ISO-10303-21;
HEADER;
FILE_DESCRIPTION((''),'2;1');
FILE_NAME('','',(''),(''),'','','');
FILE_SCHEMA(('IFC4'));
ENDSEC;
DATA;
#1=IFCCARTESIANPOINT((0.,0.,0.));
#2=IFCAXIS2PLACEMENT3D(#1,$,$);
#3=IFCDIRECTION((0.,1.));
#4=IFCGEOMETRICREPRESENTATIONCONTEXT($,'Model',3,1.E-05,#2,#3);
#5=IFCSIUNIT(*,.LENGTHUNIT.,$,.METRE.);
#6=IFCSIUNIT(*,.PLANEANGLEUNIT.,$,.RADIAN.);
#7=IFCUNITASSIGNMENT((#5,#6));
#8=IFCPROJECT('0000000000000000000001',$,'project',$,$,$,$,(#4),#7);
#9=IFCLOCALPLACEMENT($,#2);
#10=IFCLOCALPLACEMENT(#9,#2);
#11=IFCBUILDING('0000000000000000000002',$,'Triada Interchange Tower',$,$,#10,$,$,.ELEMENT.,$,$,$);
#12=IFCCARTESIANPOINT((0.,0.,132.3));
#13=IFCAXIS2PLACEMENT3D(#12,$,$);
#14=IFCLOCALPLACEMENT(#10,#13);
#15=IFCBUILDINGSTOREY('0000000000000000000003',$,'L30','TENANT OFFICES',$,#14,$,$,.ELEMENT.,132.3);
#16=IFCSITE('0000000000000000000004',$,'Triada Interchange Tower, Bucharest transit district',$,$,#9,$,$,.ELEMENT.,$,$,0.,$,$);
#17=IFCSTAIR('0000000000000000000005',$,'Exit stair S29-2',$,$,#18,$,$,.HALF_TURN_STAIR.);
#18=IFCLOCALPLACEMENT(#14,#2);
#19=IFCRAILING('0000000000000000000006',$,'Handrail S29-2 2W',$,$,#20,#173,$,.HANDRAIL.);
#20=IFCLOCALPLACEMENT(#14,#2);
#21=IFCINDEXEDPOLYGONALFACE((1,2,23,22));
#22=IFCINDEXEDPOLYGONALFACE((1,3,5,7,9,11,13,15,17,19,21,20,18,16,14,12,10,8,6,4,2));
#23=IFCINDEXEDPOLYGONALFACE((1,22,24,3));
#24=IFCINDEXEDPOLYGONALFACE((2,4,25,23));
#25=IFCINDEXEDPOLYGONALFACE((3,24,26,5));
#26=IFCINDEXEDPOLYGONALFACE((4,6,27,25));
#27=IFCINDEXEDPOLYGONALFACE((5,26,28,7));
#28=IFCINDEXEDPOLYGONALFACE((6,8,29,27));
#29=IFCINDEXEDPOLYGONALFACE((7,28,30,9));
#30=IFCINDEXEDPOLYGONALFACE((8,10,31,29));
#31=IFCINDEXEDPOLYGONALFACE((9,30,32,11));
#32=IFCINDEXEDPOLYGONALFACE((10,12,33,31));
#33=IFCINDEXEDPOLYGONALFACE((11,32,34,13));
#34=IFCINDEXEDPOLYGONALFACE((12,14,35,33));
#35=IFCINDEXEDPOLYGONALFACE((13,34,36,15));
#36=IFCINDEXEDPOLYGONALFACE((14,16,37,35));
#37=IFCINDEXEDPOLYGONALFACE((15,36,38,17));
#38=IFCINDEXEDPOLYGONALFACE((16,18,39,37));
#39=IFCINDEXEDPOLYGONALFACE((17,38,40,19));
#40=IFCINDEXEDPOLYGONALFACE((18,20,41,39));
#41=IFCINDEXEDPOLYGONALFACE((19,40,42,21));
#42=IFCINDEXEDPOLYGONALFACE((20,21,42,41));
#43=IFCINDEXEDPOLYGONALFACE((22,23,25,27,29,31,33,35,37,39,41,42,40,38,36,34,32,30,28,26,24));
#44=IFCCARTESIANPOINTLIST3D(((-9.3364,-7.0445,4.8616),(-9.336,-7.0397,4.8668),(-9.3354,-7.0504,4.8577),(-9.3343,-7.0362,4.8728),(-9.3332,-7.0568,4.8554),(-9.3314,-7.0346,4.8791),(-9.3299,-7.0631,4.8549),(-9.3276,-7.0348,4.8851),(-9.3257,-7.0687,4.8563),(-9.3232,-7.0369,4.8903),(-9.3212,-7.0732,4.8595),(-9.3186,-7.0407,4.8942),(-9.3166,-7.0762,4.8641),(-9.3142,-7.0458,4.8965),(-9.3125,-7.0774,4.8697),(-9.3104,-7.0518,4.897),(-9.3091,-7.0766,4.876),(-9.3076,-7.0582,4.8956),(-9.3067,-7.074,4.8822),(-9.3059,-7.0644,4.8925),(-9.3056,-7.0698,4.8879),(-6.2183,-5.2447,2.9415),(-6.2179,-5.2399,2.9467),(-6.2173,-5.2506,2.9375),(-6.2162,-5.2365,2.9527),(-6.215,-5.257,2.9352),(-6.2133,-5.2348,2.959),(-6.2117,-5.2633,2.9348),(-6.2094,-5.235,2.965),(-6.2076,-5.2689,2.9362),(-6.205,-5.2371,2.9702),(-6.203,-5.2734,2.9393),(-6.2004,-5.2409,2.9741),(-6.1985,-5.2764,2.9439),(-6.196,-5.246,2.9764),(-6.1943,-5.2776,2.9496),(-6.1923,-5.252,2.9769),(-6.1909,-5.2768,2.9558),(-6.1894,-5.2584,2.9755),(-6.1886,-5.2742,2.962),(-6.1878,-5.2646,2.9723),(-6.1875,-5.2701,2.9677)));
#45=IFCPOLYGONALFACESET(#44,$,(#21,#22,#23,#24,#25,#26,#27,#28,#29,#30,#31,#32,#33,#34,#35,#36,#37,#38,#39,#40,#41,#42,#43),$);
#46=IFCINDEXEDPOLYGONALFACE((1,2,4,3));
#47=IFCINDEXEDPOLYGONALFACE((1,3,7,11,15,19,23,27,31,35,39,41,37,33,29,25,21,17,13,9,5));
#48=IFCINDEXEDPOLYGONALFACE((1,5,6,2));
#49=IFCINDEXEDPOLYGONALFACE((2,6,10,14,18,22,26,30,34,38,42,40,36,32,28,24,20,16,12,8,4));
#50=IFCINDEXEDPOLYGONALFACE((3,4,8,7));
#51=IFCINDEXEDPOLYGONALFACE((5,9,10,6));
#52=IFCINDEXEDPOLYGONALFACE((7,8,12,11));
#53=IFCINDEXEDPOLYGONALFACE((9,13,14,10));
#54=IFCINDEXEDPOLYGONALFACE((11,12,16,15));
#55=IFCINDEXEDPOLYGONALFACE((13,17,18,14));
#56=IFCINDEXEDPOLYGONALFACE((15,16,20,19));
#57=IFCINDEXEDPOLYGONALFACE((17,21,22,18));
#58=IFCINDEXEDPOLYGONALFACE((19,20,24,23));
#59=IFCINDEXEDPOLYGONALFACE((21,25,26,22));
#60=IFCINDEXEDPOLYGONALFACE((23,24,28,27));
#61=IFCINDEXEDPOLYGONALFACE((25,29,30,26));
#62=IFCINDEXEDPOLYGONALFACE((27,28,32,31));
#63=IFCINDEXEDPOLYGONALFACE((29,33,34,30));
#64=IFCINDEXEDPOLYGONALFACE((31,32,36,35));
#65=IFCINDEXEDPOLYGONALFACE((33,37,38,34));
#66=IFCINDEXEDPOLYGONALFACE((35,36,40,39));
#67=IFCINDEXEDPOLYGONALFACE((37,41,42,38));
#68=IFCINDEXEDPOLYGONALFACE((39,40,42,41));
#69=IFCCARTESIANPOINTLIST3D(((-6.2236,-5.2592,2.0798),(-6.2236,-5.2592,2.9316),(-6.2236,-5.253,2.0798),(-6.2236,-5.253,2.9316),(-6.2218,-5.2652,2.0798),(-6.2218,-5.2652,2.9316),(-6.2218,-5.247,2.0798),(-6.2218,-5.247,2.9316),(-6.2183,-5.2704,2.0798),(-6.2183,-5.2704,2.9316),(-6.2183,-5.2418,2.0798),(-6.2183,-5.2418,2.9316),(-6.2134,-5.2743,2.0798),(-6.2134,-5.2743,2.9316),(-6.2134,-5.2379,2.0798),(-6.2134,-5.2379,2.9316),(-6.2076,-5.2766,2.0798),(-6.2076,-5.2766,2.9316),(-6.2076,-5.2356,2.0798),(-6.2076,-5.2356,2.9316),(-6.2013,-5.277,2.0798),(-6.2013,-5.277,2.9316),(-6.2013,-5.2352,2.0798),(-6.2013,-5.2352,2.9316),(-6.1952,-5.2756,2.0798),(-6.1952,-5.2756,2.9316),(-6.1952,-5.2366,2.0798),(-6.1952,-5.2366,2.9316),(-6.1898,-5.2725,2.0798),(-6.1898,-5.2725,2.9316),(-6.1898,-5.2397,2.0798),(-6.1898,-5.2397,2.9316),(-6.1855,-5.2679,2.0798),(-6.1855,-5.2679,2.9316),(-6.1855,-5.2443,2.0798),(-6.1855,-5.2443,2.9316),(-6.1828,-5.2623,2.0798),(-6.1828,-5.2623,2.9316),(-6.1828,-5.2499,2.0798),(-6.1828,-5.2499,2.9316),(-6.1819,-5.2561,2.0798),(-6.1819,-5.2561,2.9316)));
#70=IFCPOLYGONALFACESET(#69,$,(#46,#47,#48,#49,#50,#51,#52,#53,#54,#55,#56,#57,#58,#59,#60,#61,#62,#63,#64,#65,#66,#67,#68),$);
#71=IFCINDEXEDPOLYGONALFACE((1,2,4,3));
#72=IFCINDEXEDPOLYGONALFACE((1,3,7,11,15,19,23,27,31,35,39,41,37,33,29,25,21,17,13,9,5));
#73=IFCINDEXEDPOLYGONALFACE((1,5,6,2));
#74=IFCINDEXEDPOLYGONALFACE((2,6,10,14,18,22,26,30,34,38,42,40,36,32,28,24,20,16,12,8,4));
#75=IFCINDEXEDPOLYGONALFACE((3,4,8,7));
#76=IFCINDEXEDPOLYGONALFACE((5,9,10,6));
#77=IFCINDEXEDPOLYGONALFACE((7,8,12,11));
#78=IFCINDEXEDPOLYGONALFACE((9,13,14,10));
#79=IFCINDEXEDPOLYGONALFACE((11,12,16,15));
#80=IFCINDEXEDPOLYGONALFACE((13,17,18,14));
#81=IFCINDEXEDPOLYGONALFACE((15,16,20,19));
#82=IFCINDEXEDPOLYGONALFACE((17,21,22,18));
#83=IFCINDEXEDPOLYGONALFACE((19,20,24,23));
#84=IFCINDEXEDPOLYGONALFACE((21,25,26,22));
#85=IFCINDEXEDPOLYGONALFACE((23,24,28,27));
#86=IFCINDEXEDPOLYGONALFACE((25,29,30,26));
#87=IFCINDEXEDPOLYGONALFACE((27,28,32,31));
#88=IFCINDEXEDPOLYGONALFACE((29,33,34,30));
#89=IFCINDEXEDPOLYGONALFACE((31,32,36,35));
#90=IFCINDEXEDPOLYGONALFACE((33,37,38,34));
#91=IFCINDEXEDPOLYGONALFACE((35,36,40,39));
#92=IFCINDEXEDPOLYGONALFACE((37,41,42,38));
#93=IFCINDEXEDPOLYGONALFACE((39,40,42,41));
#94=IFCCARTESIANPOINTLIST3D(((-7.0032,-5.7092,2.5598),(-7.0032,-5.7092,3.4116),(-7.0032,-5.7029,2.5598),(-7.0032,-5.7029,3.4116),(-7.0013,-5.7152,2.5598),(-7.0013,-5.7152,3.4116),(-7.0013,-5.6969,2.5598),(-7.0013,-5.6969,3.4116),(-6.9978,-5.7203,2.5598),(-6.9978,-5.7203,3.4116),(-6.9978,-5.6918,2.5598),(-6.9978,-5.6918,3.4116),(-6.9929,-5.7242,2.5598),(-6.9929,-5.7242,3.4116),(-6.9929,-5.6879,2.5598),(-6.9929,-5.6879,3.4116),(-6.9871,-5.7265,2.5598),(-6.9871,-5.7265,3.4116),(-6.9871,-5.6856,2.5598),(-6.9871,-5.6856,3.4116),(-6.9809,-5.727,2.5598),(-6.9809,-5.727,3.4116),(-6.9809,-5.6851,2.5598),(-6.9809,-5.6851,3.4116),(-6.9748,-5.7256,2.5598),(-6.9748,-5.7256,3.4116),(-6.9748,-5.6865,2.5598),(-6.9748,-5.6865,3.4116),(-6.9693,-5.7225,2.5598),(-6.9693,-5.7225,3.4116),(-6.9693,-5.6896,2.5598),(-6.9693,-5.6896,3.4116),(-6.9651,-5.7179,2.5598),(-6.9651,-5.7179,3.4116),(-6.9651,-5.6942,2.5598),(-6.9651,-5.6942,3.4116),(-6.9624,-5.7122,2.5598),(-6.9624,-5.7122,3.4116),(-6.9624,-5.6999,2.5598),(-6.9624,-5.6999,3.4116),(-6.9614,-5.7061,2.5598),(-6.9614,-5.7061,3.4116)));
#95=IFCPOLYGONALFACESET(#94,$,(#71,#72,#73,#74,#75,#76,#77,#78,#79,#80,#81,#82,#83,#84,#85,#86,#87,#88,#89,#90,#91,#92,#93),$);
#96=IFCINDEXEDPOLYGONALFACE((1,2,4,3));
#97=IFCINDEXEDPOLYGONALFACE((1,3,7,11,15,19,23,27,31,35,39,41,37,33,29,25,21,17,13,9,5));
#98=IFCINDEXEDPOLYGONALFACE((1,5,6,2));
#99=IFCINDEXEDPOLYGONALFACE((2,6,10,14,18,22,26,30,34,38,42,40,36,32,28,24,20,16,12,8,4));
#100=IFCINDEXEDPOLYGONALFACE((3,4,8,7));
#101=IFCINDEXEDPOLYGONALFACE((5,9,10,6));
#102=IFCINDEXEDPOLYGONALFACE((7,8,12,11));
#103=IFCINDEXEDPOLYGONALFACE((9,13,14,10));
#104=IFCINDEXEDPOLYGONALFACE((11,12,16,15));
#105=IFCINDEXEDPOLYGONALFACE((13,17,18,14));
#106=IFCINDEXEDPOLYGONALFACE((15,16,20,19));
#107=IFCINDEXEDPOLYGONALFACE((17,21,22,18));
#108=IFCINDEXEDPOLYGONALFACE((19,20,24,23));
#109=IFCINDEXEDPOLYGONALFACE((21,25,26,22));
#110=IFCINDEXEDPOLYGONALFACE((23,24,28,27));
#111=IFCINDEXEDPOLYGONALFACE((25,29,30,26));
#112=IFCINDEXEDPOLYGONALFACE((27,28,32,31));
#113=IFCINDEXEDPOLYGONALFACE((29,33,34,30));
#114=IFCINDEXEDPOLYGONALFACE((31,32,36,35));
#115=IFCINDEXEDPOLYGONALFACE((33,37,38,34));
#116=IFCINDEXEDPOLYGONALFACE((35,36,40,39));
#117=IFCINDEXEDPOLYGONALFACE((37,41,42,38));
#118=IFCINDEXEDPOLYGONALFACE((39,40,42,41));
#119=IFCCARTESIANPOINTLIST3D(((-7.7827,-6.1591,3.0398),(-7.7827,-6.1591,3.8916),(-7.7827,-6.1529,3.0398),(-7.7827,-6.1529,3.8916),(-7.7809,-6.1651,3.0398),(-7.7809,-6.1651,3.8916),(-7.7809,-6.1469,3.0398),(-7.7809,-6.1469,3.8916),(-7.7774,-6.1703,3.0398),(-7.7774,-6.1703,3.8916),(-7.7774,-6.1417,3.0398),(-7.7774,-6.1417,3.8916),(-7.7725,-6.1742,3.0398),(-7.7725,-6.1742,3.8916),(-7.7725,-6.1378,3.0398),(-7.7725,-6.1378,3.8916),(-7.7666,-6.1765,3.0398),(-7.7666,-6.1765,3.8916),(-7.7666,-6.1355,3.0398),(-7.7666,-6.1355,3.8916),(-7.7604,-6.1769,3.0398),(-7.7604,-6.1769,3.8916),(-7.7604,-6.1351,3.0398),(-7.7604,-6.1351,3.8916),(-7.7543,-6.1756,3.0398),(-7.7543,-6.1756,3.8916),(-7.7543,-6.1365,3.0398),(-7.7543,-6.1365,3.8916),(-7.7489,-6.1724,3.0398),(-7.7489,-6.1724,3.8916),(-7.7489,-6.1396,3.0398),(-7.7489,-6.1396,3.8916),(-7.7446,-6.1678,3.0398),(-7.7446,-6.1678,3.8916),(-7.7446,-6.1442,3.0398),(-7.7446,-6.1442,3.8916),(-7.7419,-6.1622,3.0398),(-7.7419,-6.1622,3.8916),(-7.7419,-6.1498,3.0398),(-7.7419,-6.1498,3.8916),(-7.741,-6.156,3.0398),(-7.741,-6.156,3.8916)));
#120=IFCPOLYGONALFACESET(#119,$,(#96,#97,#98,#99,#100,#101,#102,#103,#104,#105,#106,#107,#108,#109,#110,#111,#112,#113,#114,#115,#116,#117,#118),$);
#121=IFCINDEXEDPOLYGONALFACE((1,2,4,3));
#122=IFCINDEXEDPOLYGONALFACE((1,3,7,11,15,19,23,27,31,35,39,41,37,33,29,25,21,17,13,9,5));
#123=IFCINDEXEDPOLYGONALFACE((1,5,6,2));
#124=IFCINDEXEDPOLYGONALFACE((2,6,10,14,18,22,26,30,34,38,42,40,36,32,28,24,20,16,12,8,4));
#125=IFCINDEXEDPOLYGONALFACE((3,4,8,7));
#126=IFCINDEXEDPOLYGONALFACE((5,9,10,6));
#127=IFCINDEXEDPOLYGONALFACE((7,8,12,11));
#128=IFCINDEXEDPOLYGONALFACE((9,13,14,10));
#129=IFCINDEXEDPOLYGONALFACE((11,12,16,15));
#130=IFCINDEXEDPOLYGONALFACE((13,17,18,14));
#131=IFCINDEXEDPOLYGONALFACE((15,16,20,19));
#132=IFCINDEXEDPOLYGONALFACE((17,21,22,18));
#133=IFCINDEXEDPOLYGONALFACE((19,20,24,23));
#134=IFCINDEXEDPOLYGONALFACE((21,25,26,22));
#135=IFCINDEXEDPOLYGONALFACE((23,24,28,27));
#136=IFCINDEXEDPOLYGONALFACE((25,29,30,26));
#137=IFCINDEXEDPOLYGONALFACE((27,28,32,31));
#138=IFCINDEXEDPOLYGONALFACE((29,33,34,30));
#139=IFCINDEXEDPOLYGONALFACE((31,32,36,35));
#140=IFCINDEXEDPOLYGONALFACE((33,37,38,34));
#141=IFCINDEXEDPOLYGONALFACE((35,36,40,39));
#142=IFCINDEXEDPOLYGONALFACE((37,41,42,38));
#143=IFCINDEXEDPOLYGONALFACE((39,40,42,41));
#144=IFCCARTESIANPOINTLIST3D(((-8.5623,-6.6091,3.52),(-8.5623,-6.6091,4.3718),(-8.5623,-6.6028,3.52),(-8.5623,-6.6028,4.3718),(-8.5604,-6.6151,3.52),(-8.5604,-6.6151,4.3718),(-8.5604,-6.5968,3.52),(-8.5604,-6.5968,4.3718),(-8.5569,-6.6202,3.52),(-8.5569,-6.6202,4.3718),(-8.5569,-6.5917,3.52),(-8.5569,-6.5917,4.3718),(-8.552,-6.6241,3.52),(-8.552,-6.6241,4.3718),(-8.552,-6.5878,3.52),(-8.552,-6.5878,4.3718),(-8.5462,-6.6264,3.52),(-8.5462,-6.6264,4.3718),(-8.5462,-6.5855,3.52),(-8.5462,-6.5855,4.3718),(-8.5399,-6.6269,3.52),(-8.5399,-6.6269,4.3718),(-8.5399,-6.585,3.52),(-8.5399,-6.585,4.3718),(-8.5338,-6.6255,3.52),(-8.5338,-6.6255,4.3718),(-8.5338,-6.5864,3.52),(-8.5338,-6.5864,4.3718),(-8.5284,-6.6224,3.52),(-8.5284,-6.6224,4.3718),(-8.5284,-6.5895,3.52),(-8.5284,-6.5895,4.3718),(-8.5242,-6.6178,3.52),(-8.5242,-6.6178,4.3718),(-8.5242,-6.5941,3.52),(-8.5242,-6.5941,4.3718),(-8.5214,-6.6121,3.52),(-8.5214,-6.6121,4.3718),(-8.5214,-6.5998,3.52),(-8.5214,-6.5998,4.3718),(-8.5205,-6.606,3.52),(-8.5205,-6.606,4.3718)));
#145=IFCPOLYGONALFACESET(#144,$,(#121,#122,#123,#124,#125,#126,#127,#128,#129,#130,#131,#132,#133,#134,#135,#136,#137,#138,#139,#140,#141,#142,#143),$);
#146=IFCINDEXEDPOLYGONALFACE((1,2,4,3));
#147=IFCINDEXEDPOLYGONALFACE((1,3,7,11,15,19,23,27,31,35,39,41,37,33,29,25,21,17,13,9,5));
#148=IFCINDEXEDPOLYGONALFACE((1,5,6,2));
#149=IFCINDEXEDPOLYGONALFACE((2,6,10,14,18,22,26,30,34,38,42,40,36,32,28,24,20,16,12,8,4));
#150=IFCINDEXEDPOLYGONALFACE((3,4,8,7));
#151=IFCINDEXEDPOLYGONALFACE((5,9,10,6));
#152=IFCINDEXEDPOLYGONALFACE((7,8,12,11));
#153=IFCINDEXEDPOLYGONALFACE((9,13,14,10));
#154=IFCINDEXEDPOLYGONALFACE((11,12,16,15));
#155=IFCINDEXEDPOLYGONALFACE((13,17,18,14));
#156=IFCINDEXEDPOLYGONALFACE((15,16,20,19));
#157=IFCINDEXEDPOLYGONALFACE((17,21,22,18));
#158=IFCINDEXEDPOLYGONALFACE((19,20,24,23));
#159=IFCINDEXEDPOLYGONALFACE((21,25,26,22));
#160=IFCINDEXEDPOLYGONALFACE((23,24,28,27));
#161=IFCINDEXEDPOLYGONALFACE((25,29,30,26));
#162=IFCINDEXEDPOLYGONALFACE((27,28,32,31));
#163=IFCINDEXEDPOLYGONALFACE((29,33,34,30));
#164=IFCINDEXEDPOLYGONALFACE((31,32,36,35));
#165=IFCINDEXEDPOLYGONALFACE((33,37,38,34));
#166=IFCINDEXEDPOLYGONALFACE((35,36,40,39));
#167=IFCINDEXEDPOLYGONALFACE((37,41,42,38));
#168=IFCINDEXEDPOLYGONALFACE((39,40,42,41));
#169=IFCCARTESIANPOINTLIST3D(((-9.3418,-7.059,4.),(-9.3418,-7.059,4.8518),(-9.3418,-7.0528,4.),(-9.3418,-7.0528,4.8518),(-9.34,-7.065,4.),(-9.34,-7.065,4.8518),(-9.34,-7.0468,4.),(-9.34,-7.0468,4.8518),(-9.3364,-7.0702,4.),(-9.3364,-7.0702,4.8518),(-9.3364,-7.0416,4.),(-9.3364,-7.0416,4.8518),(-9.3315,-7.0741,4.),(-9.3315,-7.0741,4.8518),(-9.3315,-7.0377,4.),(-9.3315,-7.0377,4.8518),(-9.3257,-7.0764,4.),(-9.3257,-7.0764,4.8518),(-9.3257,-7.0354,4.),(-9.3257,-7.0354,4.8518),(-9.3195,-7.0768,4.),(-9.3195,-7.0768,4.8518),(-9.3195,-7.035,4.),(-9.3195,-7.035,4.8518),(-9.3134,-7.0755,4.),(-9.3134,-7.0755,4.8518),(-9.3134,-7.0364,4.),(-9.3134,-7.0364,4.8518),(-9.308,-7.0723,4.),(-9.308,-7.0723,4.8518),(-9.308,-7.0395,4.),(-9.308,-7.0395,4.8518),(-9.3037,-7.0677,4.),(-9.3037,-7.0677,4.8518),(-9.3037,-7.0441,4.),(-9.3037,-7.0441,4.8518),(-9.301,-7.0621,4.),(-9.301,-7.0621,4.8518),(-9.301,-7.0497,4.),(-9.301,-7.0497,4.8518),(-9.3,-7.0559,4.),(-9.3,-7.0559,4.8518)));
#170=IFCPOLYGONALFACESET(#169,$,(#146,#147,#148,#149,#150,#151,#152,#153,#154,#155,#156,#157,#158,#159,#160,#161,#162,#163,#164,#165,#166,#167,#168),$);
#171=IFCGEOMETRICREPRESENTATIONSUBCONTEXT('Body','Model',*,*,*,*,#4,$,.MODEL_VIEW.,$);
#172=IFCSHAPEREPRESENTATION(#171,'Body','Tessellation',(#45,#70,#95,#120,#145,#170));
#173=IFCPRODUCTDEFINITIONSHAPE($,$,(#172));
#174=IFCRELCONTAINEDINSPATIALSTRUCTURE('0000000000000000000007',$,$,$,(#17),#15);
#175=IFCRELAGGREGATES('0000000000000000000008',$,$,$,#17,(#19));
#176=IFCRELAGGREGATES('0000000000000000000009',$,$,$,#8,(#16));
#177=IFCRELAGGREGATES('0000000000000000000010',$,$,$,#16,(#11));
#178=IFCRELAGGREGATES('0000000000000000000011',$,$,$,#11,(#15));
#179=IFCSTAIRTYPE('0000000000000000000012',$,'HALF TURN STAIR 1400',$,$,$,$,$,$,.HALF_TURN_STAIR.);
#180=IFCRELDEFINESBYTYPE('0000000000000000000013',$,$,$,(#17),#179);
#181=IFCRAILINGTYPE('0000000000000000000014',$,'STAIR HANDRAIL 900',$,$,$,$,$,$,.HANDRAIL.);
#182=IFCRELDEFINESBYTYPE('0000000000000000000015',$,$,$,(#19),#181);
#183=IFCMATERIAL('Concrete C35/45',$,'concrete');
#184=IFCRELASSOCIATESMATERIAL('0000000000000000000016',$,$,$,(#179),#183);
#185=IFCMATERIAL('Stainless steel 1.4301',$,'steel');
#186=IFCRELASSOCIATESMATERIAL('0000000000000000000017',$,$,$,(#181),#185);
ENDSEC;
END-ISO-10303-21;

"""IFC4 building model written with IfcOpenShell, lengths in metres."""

from ifc_helpers import new_model, si_unit, direction, frame, origin, origin_2d, place, context, subcontext, project, spatial, circle, extrude, material, type_object, element, aggregate, save


model = new_model("IFC4")

# Units and contexts
model_context = context("Model", 3, precision=1e-05, world=origin(), true_north=direction((0.0, 1.0)))
body_context = subcontext(model_context, "Body", "Model", "MODEL_VIEW")
ifc_project = project(units=[si_unit("LENGTHUNIT", "METRE"), si_unit("PLANEANGLEUNIT", "RADIAN")], contexts=[model_context])

# Site, building, storey
site_placement = place(None, origin())
site = spatial("IfcSite", under=ifc_project, at=site_placement, Name="Triada Interchange Tower, Bucharest transit district", CompositionType="ELEMENT", RefElevation=0.0)
building_placement = place(site_placement, origin())
building = spatial("IfcBuilding", under=site, at=building_placement, Name="Triada Interchange Tower", CompositionType="ELEMENT")
storey_placement = place(building_placement, frame((0.0, 0.0, 132.3)))
storey = spatial("IfcBuildingStorey", under=building, at=storey_placement, Name="L30", Description="TENANT OFFICES", CompositionType="ELEMENT", Elevation=132.3)

# Stair, railing
ifc_material_1 = material(Name="Concrete C35/45", Category="concrete")
stair_type = type_object("IfcStairType", Name="HALF TURN STAIR 1400", PredefinedType="HALF_TURN_STAIR", material=ifc_material_1)
stair_placement = place(storey_placement, origin())
stair = element("IfcStair", 1, at=stair_placement, inside=storey, type_object=stair_type, Name="Exit stair S29-2", PredefinedType="HALF_TURN_STAIR")
ifc_material_2 = material(Name="Stainless steel 1.4301", Category="steel")
railing_type = type_object("IfcRailingType", Name="STAIR HANDRAIL 900", PredefinedType="HANDRAIL", material=ifc_material_2)
railing_1_placement = place(storey_placement, frame((-6.2029, -5.2561, 2.0798)))
railing_1 = element("IfcRailing", 2, at=railing_1_placement, type_object=railing_type, Name="Handrail S29-2 2W", PredefinedType="HANDRAIL", context=body_context, shape_type="SweptSolid", body=[
    extrude(circle(Radius=0.0239, at=origin_2d()), frame((0.0, 0.0, 0.876), z_axis=(-0.76419, -0.44109, 0.470588), x_axis=(0.499902, -0.866082, 0.0)), (0.0, 0.0, 1.0), 4.0803),
    extrude(circle(Radius=0.021, at=origin_2d()), origin(), (0.0, 0.0, 1.0), 0.8518),
    extrude(circle(Radius=0.021, at=origin_2d()), frame((-0.7795, -0.45, 0.48)), (0.0, 0.0, 1.0), 0.8518),
    extrude(circle(Radius=0.021, at=origin_2d()), frame((-1.5591, -0.8999, 0.96)), (0.0, 0.0, 1.0), 0.8518),
    extrude(circle(Radius=0.021, at=origin_2d()), frame((-2.3386, -1.3499, 1.4402)), (0.0, 0.0, 1.0), 0.8518),
    extrude(circle(Radius=0.021, at=origin_2d()), frame((-3.1182, -1.7998, 1.9202)), (0.0, 0.0, 1.0), 0.8518),
])
aggregate(stair, [railing_1])

save(model, "model.ifc")
